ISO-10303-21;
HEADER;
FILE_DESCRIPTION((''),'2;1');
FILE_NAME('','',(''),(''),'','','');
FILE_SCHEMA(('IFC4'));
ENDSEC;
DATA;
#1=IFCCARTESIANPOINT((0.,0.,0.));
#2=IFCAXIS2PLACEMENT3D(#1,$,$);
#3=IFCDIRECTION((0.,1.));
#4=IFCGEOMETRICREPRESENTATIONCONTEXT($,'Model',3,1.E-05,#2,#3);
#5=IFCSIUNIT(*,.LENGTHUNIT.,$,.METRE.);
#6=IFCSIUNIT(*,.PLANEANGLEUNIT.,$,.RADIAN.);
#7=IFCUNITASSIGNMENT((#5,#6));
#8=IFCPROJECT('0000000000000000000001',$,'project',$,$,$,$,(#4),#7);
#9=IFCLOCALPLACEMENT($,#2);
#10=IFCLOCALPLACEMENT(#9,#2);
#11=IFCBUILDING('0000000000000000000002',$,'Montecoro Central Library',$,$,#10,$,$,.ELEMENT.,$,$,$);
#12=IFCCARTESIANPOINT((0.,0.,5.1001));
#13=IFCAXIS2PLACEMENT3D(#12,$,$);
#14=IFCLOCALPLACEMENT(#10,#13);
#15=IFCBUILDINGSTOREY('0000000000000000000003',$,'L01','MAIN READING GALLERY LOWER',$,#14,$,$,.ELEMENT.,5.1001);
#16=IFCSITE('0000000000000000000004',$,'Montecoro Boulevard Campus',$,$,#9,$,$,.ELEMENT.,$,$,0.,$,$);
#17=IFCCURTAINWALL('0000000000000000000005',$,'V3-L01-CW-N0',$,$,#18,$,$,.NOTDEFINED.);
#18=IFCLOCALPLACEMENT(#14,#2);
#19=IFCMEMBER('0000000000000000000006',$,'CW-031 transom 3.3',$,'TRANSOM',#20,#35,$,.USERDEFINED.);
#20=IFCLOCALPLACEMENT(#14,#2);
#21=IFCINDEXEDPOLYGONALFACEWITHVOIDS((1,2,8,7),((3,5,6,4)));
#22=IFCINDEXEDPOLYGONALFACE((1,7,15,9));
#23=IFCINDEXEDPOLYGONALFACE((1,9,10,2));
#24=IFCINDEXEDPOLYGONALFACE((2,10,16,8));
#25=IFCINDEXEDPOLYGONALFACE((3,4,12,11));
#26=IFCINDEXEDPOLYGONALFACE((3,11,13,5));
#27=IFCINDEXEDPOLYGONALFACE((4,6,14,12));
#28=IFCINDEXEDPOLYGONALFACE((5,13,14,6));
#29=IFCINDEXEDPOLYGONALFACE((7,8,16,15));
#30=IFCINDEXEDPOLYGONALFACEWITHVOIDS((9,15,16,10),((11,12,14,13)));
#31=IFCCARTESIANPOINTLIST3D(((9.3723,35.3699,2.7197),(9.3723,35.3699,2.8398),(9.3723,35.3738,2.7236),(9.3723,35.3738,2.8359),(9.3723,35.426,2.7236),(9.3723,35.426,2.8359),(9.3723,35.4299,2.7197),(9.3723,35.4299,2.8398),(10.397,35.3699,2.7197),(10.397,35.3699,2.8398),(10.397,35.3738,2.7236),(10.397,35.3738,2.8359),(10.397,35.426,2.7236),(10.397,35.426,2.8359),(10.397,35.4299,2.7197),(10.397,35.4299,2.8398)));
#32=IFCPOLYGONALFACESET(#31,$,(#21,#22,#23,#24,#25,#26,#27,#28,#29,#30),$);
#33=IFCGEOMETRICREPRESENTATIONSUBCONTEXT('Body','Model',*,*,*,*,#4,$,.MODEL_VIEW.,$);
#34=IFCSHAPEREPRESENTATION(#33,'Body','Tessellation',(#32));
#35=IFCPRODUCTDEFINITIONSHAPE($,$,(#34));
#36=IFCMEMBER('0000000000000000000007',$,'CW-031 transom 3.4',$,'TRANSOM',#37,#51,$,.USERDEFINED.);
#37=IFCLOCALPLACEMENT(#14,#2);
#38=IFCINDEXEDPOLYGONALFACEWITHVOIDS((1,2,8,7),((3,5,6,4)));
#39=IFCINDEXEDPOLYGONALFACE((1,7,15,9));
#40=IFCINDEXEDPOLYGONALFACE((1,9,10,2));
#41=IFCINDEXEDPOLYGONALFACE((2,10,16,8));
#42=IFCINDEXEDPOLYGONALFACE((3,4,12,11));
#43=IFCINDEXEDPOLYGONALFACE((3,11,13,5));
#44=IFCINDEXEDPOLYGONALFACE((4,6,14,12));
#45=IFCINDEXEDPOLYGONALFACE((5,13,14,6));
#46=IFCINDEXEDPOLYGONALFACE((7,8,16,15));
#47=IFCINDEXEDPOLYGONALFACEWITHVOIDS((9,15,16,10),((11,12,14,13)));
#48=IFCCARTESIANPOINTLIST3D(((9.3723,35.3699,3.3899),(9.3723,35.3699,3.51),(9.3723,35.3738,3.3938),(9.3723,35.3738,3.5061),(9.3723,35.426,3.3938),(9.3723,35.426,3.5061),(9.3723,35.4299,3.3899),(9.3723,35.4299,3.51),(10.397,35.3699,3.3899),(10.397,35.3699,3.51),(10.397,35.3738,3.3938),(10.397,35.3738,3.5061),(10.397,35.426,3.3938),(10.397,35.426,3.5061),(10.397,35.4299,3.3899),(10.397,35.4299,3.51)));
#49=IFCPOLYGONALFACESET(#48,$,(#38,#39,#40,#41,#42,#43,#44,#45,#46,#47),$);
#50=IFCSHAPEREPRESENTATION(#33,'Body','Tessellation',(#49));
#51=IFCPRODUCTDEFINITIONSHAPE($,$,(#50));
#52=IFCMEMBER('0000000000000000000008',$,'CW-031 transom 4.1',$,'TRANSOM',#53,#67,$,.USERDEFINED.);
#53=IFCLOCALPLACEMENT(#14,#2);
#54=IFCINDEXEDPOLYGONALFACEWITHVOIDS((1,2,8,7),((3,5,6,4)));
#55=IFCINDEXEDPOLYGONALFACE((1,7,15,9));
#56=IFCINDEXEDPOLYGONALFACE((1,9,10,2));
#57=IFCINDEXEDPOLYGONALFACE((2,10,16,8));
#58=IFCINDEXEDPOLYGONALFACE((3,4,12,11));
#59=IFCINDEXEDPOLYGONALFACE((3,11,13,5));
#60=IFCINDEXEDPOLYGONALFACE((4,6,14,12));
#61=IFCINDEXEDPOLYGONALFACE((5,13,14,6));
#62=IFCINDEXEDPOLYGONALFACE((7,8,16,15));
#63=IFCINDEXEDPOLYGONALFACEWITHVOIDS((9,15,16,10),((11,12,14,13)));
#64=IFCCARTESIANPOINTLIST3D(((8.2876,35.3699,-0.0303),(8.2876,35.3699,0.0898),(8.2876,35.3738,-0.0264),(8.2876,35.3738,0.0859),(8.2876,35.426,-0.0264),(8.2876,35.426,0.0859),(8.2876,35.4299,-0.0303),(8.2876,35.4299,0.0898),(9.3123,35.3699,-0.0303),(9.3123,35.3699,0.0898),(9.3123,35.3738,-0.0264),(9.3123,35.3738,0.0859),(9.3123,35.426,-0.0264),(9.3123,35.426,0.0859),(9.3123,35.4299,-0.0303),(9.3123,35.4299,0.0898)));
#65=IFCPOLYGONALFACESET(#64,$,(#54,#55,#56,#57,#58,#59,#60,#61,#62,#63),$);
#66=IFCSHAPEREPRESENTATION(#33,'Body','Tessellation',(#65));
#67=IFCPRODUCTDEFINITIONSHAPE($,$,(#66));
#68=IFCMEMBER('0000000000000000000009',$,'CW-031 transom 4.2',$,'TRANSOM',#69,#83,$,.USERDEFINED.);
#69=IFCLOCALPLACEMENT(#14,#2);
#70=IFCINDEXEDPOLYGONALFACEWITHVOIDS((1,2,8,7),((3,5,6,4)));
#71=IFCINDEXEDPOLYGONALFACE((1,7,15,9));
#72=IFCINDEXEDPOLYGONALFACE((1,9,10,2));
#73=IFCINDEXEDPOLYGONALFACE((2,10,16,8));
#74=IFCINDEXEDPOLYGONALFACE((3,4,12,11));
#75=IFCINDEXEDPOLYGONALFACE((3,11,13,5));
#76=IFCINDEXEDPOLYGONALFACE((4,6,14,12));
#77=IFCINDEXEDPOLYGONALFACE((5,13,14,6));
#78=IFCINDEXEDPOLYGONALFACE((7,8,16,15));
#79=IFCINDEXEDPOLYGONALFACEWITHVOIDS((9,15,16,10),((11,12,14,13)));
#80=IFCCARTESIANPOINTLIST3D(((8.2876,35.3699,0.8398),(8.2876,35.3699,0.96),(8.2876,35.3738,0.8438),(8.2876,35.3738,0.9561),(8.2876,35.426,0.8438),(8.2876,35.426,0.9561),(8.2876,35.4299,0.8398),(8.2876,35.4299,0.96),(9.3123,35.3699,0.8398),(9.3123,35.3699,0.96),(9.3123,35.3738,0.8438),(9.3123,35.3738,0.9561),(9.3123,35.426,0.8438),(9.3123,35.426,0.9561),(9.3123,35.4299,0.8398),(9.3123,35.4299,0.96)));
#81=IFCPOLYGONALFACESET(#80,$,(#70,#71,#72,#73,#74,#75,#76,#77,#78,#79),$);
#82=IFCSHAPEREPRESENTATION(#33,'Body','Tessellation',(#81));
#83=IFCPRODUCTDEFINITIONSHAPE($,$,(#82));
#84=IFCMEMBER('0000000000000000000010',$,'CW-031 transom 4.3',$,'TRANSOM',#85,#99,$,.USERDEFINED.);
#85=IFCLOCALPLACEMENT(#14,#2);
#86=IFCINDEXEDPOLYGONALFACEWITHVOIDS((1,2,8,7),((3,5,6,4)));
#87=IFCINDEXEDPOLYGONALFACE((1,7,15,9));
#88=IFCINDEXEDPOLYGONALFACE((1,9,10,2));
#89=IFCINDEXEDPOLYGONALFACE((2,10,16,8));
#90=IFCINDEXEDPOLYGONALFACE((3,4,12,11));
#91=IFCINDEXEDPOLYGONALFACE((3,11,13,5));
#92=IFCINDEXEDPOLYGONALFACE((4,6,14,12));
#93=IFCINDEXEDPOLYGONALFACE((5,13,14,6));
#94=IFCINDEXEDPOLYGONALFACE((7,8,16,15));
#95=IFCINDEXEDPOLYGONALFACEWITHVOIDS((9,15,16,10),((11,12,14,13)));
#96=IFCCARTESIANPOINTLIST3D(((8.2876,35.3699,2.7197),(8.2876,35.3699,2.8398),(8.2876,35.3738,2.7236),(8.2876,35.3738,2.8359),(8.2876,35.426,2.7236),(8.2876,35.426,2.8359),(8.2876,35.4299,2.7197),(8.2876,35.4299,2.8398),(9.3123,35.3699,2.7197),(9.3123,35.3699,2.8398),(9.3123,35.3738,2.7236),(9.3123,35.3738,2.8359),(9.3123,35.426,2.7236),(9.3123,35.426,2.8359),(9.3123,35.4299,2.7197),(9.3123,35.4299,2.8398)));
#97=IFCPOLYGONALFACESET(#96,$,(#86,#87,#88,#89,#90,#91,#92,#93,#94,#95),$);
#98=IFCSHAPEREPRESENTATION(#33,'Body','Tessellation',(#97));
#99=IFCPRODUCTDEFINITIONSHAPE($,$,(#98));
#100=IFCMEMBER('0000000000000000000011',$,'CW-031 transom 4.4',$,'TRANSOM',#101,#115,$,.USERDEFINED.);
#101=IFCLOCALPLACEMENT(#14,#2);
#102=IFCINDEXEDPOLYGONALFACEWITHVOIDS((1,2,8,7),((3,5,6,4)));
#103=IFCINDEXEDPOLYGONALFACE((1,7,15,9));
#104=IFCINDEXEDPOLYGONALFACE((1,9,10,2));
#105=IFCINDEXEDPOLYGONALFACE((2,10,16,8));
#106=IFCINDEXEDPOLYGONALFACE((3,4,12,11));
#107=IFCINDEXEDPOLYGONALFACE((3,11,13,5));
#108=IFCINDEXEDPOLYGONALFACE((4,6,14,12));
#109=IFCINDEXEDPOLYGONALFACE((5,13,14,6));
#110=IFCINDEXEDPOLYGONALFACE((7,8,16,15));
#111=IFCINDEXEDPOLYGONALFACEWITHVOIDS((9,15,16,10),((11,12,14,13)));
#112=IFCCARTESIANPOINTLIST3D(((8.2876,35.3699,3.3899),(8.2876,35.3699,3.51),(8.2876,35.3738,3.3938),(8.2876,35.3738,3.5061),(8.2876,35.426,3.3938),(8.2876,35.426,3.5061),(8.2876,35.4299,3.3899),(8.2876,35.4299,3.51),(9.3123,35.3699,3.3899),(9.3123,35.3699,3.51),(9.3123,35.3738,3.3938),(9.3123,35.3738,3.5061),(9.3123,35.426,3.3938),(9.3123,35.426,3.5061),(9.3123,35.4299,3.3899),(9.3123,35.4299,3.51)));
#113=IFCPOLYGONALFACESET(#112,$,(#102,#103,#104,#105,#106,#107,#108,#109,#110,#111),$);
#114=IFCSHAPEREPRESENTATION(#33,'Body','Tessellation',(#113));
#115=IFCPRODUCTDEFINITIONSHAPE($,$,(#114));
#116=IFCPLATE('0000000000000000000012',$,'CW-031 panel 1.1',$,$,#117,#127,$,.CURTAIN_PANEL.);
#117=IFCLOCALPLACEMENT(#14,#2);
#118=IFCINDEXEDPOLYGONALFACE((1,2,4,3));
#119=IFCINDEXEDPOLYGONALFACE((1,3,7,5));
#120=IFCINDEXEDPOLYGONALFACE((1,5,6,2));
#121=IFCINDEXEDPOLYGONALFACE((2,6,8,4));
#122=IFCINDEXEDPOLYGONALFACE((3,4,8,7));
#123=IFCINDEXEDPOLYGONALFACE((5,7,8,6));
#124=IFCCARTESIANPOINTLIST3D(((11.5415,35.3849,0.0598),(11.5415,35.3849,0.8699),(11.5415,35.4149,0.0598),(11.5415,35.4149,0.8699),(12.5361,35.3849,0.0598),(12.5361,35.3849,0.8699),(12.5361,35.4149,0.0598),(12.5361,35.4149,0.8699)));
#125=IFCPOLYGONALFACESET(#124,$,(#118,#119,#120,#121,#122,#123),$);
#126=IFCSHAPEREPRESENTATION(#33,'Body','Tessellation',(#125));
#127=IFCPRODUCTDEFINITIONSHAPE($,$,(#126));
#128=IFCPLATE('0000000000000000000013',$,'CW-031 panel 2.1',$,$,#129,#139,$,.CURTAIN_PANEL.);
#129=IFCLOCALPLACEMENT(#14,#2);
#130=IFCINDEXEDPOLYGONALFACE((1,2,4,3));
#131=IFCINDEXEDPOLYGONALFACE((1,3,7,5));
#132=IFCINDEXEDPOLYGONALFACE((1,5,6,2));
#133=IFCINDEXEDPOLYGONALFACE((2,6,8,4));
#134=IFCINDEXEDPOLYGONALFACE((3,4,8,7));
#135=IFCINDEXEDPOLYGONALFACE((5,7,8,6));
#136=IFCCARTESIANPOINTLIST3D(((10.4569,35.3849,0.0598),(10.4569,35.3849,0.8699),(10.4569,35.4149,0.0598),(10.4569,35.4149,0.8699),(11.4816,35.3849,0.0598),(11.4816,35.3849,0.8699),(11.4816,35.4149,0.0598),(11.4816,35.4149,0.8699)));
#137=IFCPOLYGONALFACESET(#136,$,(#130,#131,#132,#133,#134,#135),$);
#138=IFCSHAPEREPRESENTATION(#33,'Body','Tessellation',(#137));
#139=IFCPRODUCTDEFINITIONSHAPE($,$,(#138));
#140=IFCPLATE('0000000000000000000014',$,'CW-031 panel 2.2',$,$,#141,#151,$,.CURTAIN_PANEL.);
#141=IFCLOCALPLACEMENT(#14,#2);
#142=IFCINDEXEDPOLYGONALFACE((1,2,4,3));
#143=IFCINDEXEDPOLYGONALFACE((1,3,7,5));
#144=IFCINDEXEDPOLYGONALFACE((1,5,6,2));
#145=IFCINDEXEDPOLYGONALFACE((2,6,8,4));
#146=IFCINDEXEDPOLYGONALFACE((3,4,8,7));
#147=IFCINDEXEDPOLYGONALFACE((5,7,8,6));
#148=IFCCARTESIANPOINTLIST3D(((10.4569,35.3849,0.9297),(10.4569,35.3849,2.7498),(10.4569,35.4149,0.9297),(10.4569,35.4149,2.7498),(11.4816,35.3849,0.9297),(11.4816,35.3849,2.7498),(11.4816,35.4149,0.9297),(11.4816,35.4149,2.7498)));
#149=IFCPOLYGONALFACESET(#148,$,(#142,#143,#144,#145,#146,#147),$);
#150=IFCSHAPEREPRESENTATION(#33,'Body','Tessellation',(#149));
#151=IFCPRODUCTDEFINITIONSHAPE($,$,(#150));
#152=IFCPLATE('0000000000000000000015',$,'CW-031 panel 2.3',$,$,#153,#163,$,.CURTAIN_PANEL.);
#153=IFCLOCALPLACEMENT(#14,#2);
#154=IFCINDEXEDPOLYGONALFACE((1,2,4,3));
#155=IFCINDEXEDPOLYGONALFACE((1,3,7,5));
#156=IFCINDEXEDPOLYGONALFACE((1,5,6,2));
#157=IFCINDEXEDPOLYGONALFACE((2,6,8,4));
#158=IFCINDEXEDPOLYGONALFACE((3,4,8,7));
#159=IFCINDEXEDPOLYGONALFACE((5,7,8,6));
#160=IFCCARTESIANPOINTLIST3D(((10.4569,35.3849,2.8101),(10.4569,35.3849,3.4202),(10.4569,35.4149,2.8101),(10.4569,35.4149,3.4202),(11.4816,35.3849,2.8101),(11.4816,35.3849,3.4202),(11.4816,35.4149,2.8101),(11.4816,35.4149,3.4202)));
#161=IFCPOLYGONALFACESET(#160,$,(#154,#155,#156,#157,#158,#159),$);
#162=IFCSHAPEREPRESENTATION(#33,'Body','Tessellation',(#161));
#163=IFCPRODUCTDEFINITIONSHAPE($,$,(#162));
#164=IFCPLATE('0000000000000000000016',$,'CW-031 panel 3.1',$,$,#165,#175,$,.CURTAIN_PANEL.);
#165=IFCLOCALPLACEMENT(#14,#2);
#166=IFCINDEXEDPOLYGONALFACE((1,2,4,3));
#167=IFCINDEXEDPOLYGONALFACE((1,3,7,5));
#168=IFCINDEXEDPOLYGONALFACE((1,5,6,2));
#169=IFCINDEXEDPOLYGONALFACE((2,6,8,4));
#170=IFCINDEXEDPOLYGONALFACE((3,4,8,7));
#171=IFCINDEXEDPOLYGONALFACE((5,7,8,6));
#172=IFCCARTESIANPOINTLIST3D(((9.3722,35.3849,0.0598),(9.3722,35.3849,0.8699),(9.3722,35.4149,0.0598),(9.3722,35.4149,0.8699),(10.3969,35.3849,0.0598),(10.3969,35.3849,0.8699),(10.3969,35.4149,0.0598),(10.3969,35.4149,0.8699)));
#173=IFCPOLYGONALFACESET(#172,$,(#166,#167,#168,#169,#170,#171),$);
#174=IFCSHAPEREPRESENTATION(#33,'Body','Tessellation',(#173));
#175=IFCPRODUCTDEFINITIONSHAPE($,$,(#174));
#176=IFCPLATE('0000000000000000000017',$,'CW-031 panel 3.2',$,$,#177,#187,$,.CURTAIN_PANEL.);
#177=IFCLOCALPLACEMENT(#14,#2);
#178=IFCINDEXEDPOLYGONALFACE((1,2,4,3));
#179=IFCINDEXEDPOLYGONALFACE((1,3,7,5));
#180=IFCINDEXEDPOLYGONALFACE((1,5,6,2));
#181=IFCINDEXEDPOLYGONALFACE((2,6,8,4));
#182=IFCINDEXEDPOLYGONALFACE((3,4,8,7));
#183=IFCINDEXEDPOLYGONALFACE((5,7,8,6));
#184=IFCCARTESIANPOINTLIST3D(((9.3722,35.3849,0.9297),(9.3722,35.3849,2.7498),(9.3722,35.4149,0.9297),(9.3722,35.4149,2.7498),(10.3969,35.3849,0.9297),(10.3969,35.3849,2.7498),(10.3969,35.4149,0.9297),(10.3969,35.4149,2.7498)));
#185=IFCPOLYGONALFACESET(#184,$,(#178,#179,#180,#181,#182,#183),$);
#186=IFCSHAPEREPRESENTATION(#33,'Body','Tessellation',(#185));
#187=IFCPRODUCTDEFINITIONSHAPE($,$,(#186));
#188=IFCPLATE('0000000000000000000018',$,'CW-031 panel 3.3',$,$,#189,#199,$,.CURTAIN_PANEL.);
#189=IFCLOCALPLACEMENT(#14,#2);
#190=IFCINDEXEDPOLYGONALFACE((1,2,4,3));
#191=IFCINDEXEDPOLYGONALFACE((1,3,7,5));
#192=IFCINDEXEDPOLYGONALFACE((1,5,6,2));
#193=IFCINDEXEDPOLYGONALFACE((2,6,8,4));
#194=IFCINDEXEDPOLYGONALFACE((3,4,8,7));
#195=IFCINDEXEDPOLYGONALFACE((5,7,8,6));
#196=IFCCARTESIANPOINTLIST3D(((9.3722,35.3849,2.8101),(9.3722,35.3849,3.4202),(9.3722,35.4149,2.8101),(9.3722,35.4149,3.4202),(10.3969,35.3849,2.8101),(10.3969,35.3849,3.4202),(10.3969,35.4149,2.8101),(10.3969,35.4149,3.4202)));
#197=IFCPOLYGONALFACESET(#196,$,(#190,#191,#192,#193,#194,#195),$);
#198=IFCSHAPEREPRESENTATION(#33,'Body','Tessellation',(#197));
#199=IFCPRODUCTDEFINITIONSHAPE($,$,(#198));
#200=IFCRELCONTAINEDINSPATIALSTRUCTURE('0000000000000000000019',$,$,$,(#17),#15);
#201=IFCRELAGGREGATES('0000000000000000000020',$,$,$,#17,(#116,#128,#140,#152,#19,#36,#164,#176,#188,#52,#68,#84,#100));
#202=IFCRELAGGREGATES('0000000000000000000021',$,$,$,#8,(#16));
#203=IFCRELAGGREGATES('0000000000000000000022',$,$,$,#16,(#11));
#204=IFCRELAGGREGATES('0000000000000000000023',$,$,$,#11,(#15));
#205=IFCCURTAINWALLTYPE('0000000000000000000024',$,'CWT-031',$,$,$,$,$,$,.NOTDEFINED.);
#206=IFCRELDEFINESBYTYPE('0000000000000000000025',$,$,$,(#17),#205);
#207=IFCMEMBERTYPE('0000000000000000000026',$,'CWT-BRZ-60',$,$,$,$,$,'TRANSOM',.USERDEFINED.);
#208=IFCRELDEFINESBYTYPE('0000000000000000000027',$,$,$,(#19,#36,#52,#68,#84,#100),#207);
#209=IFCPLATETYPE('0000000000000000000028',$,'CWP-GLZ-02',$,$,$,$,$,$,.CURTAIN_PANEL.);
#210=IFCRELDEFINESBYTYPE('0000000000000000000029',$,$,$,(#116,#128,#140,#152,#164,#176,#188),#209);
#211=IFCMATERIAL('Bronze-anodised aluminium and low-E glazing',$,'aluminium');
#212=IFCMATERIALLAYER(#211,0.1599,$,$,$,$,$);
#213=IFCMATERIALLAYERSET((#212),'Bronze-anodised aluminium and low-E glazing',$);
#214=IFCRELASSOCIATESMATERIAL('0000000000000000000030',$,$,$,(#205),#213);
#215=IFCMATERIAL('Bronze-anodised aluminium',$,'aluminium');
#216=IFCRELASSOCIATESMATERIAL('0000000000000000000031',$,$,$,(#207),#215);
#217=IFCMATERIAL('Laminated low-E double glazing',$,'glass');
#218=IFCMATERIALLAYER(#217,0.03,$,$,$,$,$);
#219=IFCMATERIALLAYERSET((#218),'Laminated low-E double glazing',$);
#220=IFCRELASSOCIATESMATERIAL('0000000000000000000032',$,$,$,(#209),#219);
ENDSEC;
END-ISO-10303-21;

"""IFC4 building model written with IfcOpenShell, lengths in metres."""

from ifc_helpers import new_model, si_unit, direction, frame, origin, origin_2d, place, context, subcontext, project, spatial, rectangle, hollow_rectangle, extrude, material, layer, layer_set, material_profile, profile_set, type_object, element, aggregate, save


model = new_model("IFC4")

# Units and contexts
model_context = context("Model", 3, precision=1e-05, world=origin(), true_north=direction((0.0, 1.0)))
body_context = subcontext(model_context, "Body", "Model", "MODEL_VIEW")
ifc_project = project(units=[si_unit("LENGTHUNIT", "METRE"), si_unit("PLANEANGLEUNIT", "RADIAN")], contexts=[model_context])

# Site, building, storey
site_placement = place(None, origin())
site = spatial("IfcSite", under=ifc_project, at=site_placement, Name="Montecoro Boulevard Campus", CompositionType="ELEMENT", RefElevation=0.0)
building_placement = place(site_placement, origin())
building = spatial("IfcBuilding", under=site, at=building_placement, Name="Montecoro Central Library", CompositionType="ELEMENT")
storey_placement = place(building_placement, frame((0.0, 0.0, 5.1001)))
storey = spatial("IfcBuildingStorey", under=building, at=storey_placement, Name="L01", Description="MAIN READING GALLERY LOWER", CompositionType="ELEMENT", Elevation=5.1001)

# Curtain wall, members, plates
ifc_material_1 = material(Name="Bronze-anodised aluminium and low-E glazing", Category="aluminium")
ifc_layer_1 = layer(ifc_material_1, 0.1599)
ifc_layer_set_1 = layer_set([ifc_layer_1], Name="Bronze-anodised aluminium and low-E glazing")
curtain_wall_type = type_object("IfcCurtainWallType", Name="CWT-031", PredefinedType="NOTDEFINED", material=ifc_layer_set_1)
curtain_wall_placement = place(storey_placement, origin())
curtain_wall = element("IfcCurtainWall", 1, at=curtain_wall_placement, inside=storey, type_object=curtain_wall_type, Name="V3-L01-CW-N0", PredefinedType="NOTDEFINED")
ifc_material_2 = material(Name="Bronze-anodised aluminium", Category="aluminium")
ifc_material_profile_1 = material_profile(ifc_material_2, hollow_rectangle(XDim=0.0601, YDim=0.1201, WallThickness=0.0039, at=origin_2d()), Name="CWT 120x60x4.0")
ifc_profile_set_1 = profile_set([ifc_material_profile_1], Name="Bronze-anodised aluminium")
member_type_1 = type_object("IfcMemberType", Name="CWT-BRZ-60", ElementType="TRANSOM", PredefinedType="USERDEFINED", material=ifc_profile_set_1)
member_1_placement = place(storey_placement, frame((10.397, 35.3999, 2.7798), z_axis=(-1.0, 0.0, 0.0), x_axis=(0.0, -1.0, 0.0)))
member_1 = element("IfcMember", 2, at=member_1_placement, type_object=member_type_1, Name="CW-031 transom 3.3", ObjectType="TRANSOM", PredefinedType="USERDEFINED", context=body_context, shape_type="SweptSolid", body=[
    extrude(hollow_rectangle(XDim=0.0601, YDim=0.1201, WallThickness=0.0039, at=origin_2d()), origin(), (0.0, 0.0, 1.0), 1.0247),
])
member_2_placement = place(storey_placement, frame((10.397, 35.3999, 3.45), z_axis=(-1.0, 0.0, 0.0), x_axis=(0.0, -1.0, 0.0)))
member_2 = element("IfcMember", 3, at=member_2_placement, type_object=member_type_1, Name="CW-031 transom 3.4", ObjectType="TRANSOM", PredefinedType="USERDEFINED", context=body_context, shape_type="SweptSolid", body=[
    extrude(hollow_rectangle(XDim=0.0601, YDim=0.1201, WallThickness=0.0039, at=origin_2d()), origin(), (0.0, 0.0, 1.0), 1.0247),
])
member_3_placement = place(storey_placement, frame((9.3123, 35.3999, 0.0298), z_axis=(-1.0, 0.0, 0.0), x_axis=(0.0, -1.0, 0.0)))
member_3 = element("IfcMember", 4, at=member_3_placement, type_object=member_type_1, Name="CW-031 transom 4.1", ObjectType="TRANSOM", PredefinedType="USERDEFINED", context=body_context, shape_type="SweptSolid", body=[
    extrude(hollow_rectangle(XDim=0.0601, YDim=0.1201, WallThickness=0.0039, at=origin_2d()), origin(), (0.0, 0.0, 1.0), 1.0247),
])
member_4_placement = place(storey_placement, frame((9.3123, 35.3999, 0.8999), z_axis=(-1.0, 0.0, 0.0), x_axis=(0.0, -1.0, 0.0)))
member_4 = element("IfcMember", 5, at=member_4_placement, type_object=member_type_1, Name="CW-031 transom 4.2", ObjectType="TRANSOM", PredefinedType="USERDEFINED", context=body_context, shape_type="SweptSolid", body=[
    extrude(hollow_rectangle(XDim=0.0601, YDim=0.1201, WallThickness=0.0039, at=origin_2d()), origin(), (0.0, 0.0, 1.0), 1.0247),
])
member_5_placement = place(storey_placement, frame((9.3123, 35.3999, 2.7798), z_axis=(-1.0, 0.0, 0.0), x_axis=(0.0, -1.0, 0.0)))
member_5 = element("IfcMember", 6, at=member_5_placement, type_object=member_type_1, Name="CW-031 transom 4.3", ObjectType="TRANSOM", PredefinedType="USERDEFINED", context=body_context, shape_type="SweptSolid", body=[
    extrude(hollow_rectangle(XDim=0.0601, YDim=0.1201, WallThickness=0.0039, at=origin_2d()), origin(), (0.0, 0.0, 1.0), 1.0247),
])
member_6_placement = place(storey_placement, frame((9.3123, 35.3999, 3.45), z_axis=(-1.0, 0.0, 0.0), x_axis=(0.0, -1.0, 0.0)))
member_6 = element("IfcMember", 7, at=member_6_placement, type_object=member_type_1, Name="CW-031 transom 4.4", ObjectType="TRANSOM", PredefinedType="USERDEFINED", context=body_context, shape_type="SweptSolid", body=[
    extrude(hollow_rectangle(XDim=0.0601, YDim=0.1201, WallThickness=0.0039, at=origin_2d()), origin(), (0.0, 0.0, 1.0), 1.0247),
])
ifc_material_3 = material(Name="Laminated low-E double glazing", Category="glass")
ifc_layer_2 = layer(ifc_material_3, 0.03)
ifc_layer_set_2 = layer_set([ifc_layer_2], Name="Laminated low-E double glazing")
plate_type = type_object("IfcPlateType", Name="CWP-GLZ-02", PredefinedType="CURTAIN_PANEL", material=ifc_layer_set_2)
plate_1_placement = place(storey_placement, frame((12.0388, 35.3999, 0.0598), z_axis=(0.0, 0.0, 1.0), x_axis=(-1.0, 0.0, 0.0)))
plate_1 = element("IfcPlate", 8, at=plate_1_placement, type_object=plate_type, Name="CW-031 panel 1.1", PredefinedType="CURTAIN_PANEL", context=body_context, shape_type="SweptSolid", body=[
    extrude(rectangle(XDim=0.9946, YDim=0.03, at=origin_2d()), origin(), (0.0, 0.0, 1.0), 0.8101),
])
plate_2_placement = place(storey_placement, frame((10.9692, 35.3999, 0.0598), z_axis=(0.0, 0.0, 1.0), x_axis=(-1.0, 0.0, 0.0)))
plate_2 = element("IfcPlate", 9, at=plate_2_placement, type_object=plate_type, Name="CW-031 panel 2.1", PredefinedType="CURTAIN_PANEL", context=body_context, shape_type="SweptSolid", body=[
    extrude(rectangle(XDim=1.0247, YDim=0.03, at=origin_2d()), origin(), (0.0, 0.0, 1.0), 0.8101),
])
plate_3_placement = place(storey_placement, frame((10.9692, 35.3999, 0.9297), z_axis=(0.0, 0.0, 1.0), x_axis=(-1.0, 0.0, 0.0)))
plate_3 = element("IfcPlate", 10, at=plate_3_placement, type_object=plate_type, Name="CW-031 panel 2.2", PredefinedType="CURTAIN_PANEL", context=body_context, shape_type="SweptSolid", body=[
    extrude(rectangle(XDim=1.0247, YDim=0.03, at=origin_2d()), origin(), (0.0, 0.0, 1.0), 1.8201),
])
plate_4_placement = place(storey_placement, frame((10.9692, 35.3999, 2.8101), z_axis=(0.0, 0.0, 1.0), x_axis=(-1.0, 0.0, 0.0)))
plate_4 = element("IfcPlate", 11, at=plate_4_placement, type_object=plate_type, Name="CW-031 panel 2.3", PredefinedType="CURTAIN_PANEL", context=body_context, shape_type="SweptSolid", body=[
    extrude(rectangle(XDim=1.0247, YDim=0.03, at=origin_2d()), origin(), (0.0, 0.0, 1.0), 0.6101),
])
plate_5_placement = place(storey_placement, frame((9.8845, 35.3999, 0.0598), z_axis=(0.0, 0.0, 1.0), x_axis=(-1.0, 0.0, 0.0)))
plate_5 = element("IfcPlate", 12, at=plate_5_placement, type_object=plate_type, Name="CW-031 panel 3.1", PredefinedType="CURTAIN_PANEL", context=body_context, shape_type="SweptSolid", body=[
    extrude(rectangle(XDim=1.0247, YDim=0.03, at=origin_2d()), origin(), (0.0, 0.0, 1.0), 0.8101),
])
plate_6_placement = place(storey_placement, frame((9.8845, 35.3999, 0.9297), z_axis=(0.0, 0.0, 1.0), x_axis=(-1.0, 0.0, 0.0)))
plate_6 = element("IfcPlate", 13, at=plate_6_placement, type_object=plate_type, Name="CW-031 panel 3.2", PredefinedType="CURTAIN_PANEL", context=body_context, shape_type="SweptSolid", body=[
    extrude(rectangle(XDim=1.0247, YDim=0.03, at=origin_2d()), origin(), (0.0, 0.0, 1.0), 1.8201),
])
plate_7_placement = place(storey_placement, frame((9.8845, 35.3999, 2.8101), z_axis=(0.0, 0.0, 1.0), x_axis=(-1.0, 0.0, 0.0)))
plate_7 = element("IfcPlate", 14, at=plate_7_placement, type_object=plate_type, Name="CW-031 panel 3.3", PredefinedType="CURTAIN_PANEL", context=body_context, shape_type="SweptSolid", body=[
    extrude(rectangle(XDim=1.0247, YDim=0.03, at=origin_2d()), origin(), (0.0, 0.0, 1.0), 0.6101),
])
aggregate(curtain_wall, [plate_1, plate_2, plate_3, plate_4, member_1, member_2, plate_5, plate_6, plate_7, member_3, member_4, member_5, member_6])

save(model, "model.ifc")
